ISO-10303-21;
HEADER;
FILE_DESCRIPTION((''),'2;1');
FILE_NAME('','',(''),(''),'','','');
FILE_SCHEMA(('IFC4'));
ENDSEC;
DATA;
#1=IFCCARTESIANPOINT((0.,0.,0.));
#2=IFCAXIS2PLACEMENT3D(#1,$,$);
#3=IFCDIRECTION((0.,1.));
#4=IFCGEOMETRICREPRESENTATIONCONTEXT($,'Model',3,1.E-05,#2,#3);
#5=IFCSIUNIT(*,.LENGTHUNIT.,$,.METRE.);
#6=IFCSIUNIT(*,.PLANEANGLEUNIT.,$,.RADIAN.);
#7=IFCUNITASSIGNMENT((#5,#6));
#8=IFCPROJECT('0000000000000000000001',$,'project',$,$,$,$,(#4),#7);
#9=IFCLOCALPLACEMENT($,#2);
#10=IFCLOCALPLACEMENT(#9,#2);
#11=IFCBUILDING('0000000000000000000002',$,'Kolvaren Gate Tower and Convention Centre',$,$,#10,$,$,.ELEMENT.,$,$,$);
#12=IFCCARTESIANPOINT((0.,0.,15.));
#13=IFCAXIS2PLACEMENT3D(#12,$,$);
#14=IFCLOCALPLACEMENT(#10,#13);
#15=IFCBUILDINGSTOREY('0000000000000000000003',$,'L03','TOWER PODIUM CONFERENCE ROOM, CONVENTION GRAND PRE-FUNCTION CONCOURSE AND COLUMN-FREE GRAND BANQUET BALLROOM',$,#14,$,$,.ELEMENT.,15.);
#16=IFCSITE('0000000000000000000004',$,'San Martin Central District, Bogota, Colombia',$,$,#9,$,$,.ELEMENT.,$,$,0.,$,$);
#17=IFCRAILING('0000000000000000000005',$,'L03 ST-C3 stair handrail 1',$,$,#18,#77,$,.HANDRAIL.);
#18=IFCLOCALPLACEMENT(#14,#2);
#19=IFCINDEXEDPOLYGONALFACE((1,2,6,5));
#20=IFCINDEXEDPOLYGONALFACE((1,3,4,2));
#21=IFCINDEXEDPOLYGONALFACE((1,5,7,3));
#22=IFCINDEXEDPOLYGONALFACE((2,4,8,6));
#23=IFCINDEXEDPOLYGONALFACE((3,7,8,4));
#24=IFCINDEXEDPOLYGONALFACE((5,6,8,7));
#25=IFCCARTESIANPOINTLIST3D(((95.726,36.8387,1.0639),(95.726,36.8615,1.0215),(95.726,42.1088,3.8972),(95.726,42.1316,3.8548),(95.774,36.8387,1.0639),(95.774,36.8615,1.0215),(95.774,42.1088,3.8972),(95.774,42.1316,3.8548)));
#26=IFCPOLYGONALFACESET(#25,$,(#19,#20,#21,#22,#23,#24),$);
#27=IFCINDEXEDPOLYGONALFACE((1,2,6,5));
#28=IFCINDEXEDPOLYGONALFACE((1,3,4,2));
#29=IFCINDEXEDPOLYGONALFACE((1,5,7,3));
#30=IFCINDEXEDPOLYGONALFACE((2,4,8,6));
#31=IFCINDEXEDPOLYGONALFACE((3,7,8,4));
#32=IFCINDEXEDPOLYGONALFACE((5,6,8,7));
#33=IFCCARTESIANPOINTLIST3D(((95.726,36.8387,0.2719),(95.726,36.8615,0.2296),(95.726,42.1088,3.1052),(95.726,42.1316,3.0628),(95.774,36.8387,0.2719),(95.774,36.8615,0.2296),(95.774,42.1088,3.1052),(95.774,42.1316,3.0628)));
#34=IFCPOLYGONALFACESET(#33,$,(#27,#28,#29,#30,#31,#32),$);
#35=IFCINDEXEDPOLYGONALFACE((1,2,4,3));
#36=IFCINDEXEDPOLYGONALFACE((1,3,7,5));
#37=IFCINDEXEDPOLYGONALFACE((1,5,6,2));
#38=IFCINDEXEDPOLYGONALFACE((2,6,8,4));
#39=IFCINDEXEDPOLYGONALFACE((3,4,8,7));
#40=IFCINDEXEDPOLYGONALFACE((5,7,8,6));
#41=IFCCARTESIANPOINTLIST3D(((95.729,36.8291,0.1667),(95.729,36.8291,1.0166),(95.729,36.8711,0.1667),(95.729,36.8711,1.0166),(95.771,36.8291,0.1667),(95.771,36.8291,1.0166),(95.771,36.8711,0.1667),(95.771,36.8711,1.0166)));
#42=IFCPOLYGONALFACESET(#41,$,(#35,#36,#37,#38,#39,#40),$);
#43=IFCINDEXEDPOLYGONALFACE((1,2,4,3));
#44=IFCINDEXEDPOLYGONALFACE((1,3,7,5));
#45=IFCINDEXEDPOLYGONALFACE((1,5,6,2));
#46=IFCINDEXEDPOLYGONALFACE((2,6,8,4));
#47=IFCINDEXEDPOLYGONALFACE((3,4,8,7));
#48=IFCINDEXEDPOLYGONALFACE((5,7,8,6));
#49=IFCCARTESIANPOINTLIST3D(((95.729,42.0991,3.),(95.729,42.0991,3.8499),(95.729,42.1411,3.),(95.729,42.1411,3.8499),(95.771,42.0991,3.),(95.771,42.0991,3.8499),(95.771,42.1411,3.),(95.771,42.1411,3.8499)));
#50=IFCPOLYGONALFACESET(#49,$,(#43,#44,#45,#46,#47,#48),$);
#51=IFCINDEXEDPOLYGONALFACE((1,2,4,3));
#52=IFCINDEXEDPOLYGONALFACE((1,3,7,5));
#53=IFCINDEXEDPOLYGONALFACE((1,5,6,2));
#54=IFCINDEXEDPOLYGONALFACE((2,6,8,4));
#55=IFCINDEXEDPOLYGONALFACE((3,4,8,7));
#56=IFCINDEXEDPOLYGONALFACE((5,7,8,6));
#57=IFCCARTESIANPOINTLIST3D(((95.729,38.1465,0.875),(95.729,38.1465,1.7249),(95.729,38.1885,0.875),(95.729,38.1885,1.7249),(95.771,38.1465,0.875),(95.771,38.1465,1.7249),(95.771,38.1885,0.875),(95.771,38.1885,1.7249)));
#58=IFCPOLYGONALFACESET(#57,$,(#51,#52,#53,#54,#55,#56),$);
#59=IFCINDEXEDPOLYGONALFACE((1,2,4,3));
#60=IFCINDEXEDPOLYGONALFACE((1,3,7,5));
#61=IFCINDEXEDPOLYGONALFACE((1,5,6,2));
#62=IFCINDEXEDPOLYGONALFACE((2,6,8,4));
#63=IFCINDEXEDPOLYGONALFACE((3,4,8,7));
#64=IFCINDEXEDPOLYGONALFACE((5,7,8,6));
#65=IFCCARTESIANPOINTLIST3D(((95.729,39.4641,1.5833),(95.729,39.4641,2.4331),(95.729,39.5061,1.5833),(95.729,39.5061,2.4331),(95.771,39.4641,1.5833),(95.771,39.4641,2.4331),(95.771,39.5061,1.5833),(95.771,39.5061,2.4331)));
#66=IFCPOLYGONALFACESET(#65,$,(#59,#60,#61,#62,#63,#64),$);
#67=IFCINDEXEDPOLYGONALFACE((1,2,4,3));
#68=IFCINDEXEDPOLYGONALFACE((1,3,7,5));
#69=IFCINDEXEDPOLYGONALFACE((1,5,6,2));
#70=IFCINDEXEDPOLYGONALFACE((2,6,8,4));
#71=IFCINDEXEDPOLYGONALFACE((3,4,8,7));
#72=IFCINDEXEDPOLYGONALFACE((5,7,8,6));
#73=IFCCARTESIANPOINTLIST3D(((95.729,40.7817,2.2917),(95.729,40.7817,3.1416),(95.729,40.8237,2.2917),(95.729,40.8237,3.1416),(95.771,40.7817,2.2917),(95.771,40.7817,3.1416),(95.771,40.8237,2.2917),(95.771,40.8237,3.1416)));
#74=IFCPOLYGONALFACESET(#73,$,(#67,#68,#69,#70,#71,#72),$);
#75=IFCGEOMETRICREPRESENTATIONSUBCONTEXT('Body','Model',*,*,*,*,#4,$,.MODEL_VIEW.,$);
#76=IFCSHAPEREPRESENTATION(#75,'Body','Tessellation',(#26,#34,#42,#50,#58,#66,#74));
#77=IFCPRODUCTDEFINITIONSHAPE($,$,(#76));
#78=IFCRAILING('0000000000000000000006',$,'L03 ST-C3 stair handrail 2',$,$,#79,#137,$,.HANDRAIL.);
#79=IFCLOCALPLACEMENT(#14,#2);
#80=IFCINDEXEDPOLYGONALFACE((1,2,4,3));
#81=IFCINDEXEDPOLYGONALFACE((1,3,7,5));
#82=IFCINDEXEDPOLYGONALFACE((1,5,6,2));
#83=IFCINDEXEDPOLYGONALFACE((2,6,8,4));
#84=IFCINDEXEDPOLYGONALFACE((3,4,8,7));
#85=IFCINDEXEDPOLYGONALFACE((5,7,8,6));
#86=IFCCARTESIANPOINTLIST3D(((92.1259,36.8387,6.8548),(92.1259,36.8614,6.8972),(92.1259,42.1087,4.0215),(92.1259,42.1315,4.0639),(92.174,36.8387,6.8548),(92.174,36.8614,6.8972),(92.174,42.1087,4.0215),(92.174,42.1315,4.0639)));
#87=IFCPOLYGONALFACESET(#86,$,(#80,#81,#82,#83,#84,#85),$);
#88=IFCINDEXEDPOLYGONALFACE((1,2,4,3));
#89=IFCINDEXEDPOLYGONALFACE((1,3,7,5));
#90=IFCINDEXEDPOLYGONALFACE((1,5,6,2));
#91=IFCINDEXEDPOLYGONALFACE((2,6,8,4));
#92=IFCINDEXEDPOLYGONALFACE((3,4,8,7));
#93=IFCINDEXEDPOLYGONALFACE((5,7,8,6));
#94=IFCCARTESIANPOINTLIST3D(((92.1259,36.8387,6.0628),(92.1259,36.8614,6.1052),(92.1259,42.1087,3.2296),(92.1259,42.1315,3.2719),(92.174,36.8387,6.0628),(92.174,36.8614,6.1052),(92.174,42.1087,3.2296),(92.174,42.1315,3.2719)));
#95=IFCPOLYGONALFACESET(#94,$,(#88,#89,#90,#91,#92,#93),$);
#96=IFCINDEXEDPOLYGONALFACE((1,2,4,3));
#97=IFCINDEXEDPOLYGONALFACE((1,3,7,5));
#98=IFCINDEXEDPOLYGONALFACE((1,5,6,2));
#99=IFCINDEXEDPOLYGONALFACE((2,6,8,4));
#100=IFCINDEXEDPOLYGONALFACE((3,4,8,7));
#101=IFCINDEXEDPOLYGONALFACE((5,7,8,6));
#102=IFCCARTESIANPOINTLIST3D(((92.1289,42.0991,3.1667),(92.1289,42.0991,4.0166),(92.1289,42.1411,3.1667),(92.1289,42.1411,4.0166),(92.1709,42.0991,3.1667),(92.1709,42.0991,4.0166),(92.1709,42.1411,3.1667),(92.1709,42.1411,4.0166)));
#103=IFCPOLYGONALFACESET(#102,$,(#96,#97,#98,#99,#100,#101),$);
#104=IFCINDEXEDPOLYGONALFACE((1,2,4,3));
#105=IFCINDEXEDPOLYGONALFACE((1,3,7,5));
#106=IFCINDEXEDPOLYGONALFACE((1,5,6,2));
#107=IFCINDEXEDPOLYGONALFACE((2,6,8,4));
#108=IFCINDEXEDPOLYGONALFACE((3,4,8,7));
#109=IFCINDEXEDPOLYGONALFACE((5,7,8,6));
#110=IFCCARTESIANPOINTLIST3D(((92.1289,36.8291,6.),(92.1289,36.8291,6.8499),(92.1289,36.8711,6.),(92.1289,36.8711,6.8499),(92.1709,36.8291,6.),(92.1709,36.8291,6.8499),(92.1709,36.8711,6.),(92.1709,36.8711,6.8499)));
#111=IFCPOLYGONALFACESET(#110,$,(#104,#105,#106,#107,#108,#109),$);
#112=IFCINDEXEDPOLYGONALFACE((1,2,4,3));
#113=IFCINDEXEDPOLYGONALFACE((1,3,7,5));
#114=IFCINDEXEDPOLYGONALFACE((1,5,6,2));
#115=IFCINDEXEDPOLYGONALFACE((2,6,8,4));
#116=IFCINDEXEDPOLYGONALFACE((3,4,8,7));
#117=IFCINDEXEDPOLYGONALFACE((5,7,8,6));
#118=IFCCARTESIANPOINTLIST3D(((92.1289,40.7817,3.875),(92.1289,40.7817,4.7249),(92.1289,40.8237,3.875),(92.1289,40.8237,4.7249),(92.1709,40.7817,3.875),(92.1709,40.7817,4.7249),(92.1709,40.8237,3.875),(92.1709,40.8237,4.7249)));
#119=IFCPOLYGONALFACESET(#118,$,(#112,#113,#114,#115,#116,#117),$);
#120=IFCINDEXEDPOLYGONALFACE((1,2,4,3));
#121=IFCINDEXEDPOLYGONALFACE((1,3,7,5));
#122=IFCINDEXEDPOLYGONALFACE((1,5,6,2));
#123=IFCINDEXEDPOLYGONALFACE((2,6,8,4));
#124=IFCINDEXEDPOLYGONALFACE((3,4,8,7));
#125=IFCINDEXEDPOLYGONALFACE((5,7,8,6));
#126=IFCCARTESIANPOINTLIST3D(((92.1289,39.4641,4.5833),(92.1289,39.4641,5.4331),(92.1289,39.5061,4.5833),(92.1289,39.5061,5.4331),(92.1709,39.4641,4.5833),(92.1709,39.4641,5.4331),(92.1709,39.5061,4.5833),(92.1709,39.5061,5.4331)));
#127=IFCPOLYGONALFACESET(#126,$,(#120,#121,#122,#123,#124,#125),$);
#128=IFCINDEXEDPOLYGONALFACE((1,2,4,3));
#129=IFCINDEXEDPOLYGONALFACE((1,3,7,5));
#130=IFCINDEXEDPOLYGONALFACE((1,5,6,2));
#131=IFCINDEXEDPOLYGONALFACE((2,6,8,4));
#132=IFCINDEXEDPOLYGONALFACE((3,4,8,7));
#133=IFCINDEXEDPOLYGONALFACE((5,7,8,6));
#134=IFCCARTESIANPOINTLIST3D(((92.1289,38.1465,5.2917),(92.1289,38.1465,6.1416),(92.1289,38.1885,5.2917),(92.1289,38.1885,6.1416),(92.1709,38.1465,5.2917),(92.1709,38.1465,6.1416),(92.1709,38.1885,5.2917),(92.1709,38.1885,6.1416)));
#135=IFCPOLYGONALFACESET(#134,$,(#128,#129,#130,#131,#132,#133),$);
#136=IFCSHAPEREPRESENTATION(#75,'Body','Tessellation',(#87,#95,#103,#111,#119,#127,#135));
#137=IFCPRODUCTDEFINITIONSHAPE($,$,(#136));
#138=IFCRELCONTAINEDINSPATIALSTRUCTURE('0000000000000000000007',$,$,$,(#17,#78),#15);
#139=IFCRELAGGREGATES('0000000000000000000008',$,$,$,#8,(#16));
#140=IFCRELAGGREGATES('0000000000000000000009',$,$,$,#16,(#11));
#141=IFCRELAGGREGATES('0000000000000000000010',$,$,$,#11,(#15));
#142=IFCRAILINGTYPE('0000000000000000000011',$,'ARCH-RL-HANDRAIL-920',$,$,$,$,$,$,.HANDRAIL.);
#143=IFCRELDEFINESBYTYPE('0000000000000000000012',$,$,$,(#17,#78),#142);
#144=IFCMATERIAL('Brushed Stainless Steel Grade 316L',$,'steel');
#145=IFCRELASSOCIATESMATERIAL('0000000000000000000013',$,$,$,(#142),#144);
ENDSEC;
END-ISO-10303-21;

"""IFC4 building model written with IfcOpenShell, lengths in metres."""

from ifc_helpers import new_model, si_unit, direction, frame, origin, origin_2d, place, context, subcontext, project, spatial, rectangle, extrude, material, type_object, element, save


model = new_model("IFC4")

# Units and contexts
model_context = context("Model", 3, precision=1e-05, world=origin(), true_north=direction((0.0, 1.0)))
body_context = subcontext(model_context, "Body", "Model", "MODEL_VIEW")
ifc_project = project(units=[si_unit("LENGTHUNIT", "METRE"), si_unit("PLANEANGLEUNIT", "RADIAN")], contexts=[model_context])

# Site, building, storey
site_placement = place(None, origin())
site = spatial("IfcSite", under=ifc_project, at=site_placement, Name="San Martin Central District, Bogota, Colombia", CompositionType="ELEMENT", RefElevation=0.0)
building_placement = place(site_placement, origin())
building = spatial("IfcBuilding", under=site, at=building_placement, Name="Kolvaren Gate Tower and Convention Centre", CompositionType="ELEMENT")
storey_placement = place(building_placement, frame((0.0, 0.0, 15.0)))
storey = spatial("IfcBuildingStorey", under=building, at=storey_placement, Name="L03", Description="TOWER PODIUM CONFERENCE ROOM, CONVENTION GRAND PRE-FUNCTION CONCOURSE AND COLUMN-FREE GRAND BANQUET BALLROOM", CompositionType="ELEMENT", Elevation=15.0)

# Shared definitions
ifc_material_1 = material(Name="Brushed Stainless Steel Grade 316L", Category="steel")

# Railings
railing_type_1 = type_object("IfcRailingType", Name="ARCH-RL-HANDRAIL-920", PredefinedType="HANDRAIL", material=ifc_material_1)
railing_1_placement = place(storey_placement, frame((95.75, 36.8501, 0.1667)))
element("IfcRailing", 1, at=railing_1_placement, inside=storey, type_object=railing_type_1, Name="L03 ST-C3 stair handrail 1", PredefinedType="HANDRAIL", context=body_context, shape_type="SweptSolid", body=[
    extrude(rectangle(XDim=0.0481, YDim=0.0481, at=origin_2d()), frame((0.0, 0.0, 0.876), z_axis=(0.0, 0.880781, 0.473523), x_axis=(-1.0, 0.0, 0.0)), (0.0, 0.0, 1.0), 5.9834),
    extrude(rectangle(XDim=0.0481, YDim=0.0481, at=origin_2d()), frame((0.0, 0.0, 0.084), z_axis=(0.0, 0.880781, 0.473523), x_axis=(-1.0, 0.0, 0.0)), (0.0, 0.0, 1.0), 5.9834),
    extrude(rectangle(XDim=0.042, YDim=0.042, at=origin_2d()), origin(), (0.0, 0.0, 1.0), 0.8499),
    extrude(rectangle(XDim=0.042, YDim=0.042, at=origin_2d()), frame((0.0, 5.27, 2.8333)), (0.0, 0.0, 1.0), 0.8499),
    extrude(rectangle(XDim=0.042, YDim=0.042, at=origin_2d()), frame((0.0, 1.3174, 0.7083)), (0.0, 0.0, 1.0), 0.8499),
    extrude(rectangle(XDim=0.042, YDim=0.042, at=origin_2d()), frame((0.0, 2.635, 1.4165)), (0.0, 0.0, 1.0), 0.8499),
    extrude(rectangle(XDim=0.042, YDim=0.042, at=origin_2d()), frame((0.0, 3.9526, 2.125)), (0.0, 0.0, 1.0), 0.8499),
])
railing_2_placement = place(storey_placement, frame((92.1499, 42.1201, 3.1667)))
element("IfcRailing", 2, at=railing_2_placement, inside=storey, type_object=railing_type_1, Name="L03 ST-C3 stair handrail 2", PredefinedType="HANDRAIL", context=body_context, shape_type="SweptSolid", body=[
    extrude(rectangle(XDim=0.0481, YDim=0.0481, at=origin_2d()), frame((0.0, 0.0, 0.876), z_axis=(0.0, -0.880781, 0.473523), x_axis=(1.0, 0.0, 0.0)), (0.0, 0.0, 1.0), 5.9834),
    extrude(rectangle(XDim=0.0481, YDim=0.0481, at=origin_2d()), frame((0.0, 0.0, 0.084), z_axis=(0.0, -0.880781, 0.473523), x_axis=(1.0, 0.0, 0.0)), (0.0, 0.0, 1.0), 5.9834),
    extrude(rectangle(XDim=0.042, YDim=0.042, at=origin_2d()), origin(), (0.0, 0.0, 1.0), 0.8499),
    extrude(rectangle(XDim=0.042, YDim=0.042, at=origin_2d()), frame((0.0, -5.27, 2.8333)), (0.0, 0.0, 1.0), 0.8499),
    extrude(rectangle(XDim=0.042, YDim=0.042, at=origin_2d()), frame((0.0, -1.3174, 0.7083)), (0.0, 0.0, 1.0), 0.8499),
    extrude(rectangle(XDim=0.042, YDim=0.042, at=origin_2d()), frame((0.0, -2.635, 1.4165)), (0.0, 0.0, 1.0), 0.8499),
    extrude(rectangle(XDim=0.042, YDim=0.042, at=origin_2d()), frame((0.0, -3.9526, 2.125)), (0.0, 0.0, 1.0), 0.8499),
])

save(model, "model.ifc")
